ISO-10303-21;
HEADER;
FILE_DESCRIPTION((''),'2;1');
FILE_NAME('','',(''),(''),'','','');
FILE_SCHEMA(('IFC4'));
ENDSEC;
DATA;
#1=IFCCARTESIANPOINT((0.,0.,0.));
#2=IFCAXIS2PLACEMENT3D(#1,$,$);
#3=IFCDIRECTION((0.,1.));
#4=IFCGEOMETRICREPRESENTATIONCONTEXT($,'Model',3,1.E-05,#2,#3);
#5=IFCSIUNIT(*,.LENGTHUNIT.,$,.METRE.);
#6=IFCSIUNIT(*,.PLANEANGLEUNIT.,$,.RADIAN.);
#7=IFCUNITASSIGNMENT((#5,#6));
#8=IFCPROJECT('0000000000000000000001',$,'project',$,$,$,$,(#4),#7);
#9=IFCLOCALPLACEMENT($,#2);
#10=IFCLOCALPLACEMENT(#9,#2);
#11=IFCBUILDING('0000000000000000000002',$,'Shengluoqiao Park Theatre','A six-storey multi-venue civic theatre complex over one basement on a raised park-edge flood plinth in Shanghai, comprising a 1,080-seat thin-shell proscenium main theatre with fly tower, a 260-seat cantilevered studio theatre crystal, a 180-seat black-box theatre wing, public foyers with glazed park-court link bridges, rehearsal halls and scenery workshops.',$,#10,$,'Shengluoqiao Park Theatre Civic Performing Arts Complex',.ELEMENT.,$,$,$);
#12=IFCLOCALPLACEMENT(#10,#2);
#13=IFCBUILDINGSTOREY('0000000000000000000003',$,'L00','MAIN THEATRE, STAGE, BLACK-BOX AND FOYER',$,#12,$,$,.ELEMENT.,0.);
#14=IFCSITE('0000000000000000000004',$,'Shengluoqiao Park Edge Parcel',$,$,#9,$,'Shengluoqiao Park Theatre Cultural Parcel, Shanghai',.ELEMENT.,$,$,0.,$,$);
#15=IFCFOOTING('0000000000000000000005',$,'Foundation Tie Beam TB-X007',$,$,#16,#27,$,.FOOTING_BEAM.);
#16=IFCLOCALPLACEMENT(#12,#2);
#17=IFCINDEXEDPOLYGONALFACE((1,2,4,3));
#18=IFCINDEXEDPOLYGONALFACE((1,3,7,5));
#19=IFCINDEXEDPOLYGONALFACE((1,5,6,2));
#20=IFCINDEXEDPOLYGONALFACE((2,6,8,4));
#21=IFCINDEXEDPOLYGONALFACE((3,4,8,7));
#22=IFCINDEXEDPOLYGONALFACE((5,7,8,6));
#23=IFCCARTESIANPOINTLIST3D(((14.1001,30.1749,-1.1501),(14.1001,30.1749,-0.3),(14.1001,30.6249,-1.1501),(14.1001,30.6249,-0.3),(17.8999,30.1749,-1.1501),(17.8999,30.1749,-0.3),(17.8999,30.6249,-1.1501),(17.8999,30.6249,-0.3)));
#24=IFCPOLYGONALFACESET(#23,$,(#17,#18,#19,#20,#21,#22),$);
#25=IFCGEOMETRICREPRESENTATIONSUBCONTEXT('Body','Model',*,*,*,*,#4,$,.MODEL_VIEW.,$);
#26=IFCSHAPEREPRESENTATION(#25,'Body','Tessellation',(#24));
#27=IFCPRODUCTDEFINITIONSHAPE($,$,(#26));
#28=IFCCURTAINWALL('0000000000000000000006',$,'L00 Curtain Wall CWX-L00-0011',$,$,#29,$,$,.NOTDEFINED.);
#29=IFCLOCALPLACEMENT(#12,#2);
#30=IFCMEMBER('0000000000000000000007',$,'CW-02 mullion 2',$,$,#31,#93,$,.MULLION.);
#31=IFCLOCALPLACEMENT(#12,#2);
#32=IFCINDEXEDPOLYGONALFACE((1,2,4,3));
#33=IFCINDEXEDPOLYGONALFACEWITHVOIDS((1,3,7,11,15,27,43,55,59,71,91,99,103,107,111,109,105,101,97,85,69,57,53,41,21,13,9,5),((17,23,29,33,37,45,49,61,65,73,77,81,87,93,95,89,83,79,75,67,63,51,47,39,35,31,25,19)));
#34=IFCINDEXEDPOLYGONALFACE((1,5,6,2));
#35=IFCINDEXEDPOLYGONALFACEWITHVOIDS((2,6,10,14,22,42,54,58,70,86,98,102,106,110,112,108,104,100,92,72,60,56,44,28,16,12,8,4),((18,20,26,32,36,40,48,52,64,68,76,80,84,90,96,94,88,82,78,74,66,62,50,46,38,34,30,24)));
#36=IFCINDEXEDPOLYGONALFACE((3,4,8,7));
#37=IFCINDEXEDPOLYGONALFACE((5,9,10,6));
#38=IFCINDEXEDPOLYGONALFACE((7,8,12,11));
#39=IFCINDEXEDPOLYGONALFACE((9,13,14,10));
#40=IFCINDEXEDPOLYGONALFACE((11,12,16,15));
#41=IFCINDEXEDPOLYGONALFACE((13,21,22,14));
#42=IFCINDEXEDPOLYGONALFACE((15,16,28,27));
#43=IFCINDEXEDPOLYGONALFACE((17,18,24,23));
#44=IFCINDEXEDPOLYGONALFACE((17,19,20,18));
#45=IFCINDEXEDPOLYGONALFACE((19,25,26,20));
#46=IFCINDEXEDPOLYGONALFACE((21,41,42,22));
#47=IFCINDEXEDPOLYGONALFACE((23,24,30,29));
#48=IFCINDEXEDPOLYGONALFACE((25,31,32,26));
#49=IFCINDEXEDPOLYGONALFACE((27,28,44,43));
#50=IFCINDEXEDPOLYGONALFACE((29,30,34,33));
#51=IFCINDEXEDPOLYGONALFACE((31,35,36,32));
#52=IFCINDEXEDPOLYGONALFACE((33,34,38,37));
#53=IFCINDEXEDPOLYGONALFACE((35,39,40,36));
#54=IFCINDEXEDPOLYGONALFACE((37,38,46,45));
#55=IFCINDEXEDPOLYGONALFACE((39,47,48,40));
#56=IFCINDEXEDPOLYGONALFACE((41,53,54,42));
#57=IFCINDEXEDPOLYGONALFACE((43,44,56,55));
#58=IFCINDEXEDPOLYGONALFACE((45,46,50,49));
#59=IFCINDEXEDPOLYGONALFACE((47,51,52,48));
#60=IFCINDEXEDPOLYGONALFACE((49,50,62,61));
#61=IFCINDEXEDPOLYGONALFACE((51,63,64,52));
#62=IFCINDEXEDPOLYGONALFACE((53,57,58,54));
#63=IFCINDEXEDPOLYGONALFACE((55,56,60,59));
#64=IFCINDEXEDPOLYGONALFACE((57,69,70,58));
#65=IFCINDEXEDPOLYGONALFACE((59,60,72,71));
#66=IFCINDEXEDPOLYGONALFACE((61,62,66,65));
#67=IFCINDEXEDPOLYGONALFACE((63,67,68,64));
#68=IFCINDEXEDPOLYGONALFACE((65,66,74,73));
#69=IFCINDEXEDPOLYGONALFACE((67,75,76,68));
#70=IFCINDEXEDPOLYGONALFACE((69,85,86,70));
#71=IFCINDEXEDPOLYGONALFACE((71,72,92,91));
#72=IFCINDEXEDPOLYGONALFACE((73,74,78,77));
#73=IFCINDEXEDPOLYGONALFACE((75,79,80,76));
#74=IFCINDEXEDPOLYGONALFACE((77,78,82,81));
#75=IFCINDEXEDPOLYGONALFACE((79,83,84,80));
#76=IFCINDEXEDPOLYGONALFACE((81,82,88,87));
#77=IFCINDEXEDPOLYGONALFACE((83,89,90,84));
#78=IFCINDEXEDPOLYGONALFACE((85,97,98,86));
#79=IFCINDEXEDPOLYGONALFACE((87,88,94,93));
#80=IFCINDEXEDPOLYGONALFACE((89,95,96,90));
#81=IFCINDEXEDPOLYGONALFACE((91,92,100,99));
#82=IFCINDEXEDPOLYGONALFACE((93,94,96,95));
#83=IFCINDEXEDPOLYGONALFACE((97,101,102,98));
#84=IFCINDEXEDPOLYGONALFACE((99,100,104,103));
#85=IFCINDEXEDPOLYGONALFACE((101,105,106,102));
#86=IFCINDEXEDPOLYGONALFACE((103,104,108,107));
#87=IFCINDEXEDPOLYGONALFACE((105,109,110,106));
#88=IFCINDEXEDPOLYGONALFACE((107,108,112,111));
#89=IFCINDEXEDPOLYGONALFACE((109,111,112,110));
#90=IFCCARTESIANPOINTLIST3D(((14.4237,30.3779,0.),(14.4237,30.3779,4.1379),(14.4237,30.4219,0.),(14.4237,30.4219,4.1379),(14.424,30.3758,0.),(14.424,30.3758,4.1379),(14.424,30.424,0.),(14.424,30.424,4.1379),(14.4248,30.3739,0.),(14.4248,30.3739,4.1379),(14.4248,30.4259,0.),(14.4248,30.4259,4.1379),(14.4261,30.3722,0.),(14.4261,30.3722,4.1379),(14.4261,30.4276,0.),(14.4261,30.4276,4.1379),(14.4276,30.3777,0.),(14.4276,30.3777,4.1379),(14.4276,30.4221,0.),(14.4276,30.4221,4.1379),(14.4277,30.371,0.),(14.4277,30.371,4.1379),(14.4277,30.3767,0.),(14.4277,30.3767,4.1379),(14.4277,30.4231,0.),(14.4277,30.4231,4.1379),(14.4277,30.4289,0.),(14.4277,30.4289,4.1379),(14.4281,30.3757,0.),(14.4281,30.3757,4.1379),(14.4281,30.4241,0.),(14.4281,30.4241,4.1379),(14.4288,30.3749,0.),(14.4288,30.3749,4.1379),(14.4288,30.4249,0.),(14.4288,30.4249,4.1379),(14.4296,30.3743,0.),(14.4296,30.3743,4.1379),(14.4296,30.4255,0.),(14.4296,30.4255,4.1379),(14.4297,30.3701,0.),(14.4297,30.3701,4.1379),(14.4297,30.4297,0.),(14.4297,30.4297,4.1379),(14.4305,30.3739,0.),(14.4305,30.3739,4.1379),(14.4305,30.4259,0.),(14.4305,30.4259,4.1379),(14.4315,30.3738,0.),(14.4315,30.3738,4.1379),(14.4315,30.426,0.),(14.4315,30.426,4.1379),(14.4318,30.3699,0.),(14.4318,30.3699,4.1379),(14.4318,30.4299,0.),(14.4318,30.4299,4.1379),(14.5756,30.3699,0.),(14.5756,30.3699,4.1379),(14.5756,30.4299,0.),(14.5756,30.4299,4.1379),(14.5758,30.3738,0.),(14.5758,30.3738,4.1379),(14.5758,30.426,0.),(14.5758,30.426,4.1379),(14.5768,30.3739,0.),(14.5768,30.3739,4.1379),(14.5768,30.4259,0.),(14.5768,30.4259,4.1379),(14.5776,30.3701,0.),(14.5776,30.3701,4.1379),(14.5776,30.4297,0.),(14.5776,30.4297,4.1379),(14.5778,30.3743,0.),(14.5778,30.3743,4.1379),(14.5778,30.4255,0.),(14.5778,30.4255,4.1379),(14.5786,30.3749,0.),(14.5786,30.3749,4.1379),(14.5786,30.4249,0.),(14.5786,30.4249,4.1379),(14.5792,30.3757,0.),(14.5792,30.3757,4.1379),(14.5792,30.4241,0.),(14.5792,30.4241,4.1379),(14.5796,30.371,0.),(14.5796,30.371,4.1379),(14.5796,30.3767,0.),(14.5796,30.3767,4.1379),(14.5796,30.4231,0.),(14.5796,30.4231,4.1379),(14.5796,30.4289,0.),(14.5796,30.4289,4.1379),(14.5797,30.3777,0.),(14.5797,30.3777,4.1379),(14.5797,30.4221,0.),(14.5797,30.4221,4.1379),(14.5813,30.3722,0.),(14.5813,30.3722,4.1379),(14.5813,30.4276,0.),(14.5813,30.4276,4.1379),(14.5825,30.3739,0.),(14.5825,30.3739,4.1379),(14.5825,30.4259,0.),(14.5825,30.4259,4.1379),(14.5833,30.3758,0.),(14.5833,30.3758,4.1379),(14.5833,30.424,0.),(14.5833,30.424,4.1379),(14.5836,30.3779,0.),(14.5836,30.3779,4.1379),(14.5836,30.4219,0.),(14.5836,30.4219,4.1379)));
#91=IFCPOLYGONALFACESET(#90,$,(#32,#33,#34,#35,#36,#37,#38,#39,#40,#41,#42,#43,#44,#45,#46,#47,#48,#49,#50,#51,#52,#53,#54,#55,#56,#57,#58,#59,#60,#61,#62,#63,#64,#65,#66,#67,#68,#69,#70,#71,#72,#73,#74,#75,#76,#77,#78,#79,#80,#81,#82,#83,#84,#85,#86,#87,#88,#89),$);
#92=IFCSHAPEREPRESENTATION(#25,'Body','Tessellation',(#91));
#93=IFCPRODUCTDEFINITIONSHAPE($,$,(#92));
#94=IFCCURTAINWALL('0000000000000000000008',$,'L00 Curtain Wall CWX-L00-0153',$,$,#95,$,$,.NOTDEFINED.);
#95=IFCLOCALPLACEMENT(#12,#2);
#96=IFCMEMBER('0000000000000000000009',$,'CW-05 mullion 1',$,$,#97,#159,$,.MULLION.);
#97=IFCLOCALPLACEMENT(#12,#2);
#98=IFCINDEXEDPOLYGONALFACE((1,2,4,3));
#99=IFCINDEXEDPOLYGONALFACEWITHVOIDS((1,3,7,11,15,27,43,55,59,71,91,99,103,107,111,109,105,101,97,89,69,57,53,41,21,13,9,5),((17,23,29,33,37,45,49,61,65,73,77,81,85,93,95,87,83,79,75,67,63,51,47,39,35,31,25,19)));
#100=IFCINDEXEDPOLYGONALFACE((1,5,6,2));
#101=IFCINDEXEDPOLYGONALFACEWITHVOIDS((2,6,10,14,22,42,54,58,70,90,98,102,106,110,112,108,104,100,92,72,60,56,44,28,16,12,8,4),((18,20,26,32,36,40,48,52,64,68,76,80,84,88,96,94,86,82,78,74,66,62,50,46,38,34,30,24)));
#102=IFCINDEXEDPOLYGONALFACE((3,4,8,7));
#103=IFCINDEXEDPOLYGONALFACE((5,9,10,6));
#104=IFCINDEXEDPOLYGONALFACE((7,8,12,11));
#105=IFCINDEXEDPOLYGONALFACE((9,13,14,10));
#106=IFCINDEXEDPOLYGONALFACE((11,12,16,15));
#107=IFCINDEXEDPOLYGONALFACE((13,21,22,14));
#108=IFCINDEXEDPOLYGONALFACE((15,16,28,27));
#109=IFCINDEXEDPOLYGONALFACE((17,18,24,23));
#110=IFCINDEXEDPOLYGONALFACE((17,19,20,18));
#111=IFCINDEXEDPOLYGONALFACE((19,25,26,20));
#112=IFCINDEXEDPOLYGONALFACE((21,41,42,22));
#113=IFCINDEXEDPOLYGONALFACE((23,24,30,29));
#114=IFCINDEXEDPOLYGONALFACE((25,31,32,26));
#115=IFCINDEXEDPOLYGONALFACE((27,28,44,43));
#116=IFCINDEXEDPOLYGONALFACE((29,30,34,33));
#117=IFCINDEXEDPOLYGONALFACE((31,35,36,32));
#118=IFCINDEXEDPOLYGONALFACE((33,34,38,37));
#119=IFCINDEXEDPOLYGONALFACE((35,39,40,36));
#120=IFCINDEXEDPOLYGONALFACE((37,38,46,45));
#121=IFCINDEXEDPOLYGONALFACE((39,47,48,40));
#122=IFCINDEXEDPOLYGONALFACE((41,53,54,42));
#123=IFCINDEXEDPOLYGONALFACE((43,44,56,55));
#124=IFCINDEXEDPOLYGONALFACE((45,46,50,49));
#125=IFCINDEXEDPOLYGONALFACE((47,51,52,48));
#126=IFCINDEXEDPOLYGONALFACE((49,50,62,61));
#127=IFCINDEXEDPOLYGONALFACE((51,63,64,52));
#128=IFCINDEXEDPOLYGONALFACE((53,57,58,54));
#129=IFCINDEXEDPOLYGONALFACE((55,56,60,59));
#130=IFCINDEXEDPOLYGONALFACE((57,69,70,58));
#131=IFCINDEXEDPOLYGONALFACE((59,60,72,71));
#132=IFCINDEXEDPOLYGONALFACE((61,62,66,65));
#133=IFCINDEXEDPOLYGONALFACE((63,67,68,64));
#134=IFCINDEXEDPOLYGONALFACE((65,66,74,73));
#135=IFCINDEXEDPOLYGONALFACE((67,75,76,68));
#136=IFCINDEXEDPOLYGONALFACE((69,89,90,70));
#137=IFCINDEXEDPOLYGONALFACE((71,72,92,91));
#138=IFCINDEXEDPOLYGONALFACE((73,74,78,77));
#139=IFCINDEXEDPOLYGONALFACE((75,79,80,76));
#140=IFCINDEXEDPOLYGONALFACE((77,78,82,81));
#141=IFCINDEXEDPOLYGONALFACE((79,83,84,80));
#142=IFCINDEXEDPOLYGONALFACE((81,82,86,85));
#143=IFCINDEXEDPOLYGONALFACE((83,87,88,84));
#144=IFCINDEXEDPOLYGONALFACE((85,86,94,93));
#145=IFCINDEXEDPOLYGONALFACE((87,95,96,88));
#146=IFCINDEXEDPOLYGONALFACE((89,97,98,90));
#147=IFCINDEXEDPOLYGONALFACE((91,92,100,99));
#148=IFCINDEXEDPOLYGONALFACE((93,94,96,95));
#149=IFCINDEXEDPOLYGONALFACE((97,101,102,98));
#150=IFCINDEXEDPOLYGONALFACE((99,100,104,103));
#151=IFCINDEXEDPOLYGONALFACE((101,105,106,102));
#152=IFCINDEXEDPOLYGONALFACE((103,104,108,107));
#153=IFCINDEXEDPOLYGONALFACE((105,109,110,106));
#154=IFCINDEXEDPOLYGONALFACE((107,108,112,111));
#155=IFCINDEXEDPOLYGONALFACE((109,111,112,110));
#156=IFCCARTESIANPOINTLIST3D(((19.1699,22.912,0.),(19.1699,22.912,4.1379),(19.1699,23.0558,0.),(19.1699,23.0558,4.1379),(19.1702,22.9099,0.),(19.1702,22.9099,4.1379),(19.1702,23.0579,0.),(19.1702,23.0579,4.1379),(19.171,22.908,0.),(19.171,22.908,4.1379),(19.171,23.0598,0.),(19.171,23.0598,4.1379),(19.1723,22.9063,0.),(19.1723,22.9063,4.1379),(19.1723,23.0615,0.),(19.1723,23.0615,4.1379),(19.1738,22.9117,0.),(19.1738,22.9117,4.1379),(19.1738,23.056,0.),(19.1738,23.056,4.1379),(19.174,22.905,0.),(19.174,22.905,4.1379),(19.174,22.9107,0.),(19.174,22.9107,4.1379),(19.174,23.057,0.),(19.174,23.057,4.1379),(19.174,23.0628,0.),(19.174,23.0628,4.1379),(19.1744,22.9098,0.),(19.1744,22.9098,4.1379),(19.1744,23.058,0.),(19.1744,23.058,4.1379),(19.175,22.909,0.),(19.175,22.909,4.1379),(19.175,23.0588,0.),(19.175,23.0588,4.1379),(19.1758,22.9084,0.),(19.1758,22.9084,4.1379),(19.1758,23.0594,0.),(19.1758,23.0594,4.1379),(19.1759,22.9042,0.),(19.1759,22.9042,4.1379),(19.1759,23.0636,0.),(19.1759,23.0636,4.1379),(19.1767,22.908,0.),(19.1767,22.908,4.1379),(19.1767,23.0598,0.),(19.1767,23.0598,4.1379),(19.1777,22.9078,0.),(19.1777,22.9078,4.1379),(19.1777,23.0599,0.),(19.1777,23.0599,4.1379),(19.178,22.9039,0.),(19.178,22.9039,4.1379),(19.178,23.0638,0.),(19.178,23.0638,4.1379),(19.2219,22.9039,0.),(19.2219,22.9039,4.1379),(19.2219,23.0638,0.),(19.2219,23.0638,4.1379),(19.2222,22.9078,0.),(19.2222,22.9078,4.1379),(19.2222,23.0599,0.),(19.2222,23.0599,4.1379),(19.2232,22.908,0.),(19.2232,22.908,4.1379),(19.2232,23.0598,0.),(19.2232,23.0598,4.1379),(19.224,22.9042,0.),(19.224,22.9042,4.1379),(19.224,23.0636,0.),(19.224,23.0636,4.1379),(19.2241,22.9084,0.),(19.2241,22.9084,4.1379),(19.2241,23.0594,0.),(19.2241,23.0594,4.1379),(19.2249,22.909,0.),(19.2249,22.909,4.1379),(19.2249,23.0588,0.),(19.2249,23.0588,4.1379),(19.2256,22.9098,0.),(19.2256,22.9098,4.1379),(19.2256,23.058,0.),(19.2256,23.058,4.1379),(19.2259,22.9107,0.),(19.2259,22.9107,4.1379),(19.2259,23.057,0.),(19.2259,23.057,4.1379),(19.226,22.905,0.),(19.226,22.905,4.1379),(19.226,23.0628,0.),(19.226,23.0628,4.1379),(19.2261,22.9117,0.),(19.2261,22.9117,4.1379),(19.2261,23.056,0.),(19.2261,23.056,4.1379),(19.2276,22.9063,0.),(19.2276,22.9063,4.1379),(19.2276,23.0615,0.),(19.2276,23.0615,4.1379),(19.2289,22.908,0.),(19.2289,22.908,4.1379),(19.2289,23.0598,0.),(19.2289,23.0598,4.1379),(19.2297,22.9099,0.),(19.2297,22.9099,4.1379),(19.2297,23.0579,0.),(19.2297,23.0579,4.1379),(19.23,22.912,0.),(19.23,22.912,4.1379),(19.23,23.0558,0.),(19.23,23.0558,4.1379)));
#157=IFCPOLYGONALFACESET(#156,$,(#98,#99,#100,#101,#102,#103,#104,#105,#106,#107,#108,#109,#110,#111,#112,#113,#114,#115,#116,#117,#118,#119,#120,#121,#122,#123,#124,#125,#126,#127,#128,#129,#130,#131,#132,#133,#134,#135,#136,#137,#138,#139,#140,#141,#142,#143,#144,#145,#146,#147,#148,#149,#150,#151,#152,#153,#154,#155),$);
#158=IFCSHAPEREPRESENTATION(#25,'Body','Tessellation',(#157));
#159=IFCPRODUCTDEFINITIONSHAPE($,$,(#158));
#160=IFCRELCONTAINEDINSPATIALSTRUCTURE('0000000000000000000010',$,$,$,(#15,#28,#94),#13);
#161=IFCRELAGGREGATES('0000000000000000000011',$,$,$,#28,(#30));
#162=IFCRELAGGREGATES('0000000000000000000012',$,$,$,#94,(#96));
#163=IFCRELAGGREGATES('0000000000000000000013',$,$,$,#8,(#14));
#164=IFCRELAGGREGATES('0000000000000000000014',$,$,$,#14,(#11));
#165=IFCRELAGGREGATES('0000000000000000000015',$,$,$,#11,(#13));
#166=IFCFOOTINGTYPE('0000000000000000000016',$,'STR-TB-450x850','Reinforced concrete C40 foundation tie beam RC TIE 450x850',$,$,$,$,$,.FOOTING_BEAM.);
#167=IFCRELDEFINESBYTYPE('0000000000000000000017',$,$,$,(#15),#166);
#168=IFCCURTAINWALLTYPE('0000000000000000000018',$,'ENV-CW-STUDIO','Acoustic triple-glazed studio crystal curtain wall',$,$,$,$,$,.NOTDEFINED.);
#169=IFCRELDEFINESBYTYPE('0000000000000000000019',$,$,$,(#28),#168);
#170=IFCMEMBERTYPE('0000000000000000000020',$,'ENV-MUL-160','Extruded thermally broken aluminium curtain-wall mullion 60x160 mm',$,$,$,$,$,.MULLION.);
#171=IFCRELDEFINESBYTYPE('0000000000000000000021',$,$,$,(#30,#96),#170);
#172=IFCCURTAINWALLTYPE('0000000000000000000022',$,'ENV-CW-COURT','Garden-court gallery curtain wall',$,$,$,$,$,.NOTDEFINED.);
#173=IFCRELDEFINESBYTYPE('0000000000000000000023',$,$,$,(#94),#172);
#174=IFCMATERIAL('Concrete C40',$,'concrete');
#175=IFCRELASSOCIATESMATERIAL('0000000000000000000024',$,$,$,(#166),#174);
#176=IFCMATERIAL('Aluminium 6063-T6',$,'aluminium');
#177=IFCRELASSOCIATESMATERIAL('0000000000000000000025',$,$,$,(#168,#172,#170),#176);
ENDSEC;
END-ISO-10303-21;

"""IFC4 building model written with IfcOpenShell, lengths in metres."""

from ifc_helpers import new_model, si_unit, direction, frame, origin, origin_2d, place, context, subcontext, project, spatial, rectangle, hollow_rectangle, extrude, material, material_profile, profile_set, type_object, element, aggregate, save


model = new_model("IFC4")

# Units and contexts
model_context = context("Model", 3, precision=1e-05, world=origin(), true_north=direction((0.0, 1.0)))
body_context = subcontext(model_context, "Body", "Model", "MODEL_VIEW")
ifc_project = project(units=[si_unit("LENGTHUNIT", "METRE"), si_unit("PLANEANGLEUNIT", "RADIAN")], contexts=[model_context])

# Site, building, storey
site_placement = place(None, origin())
site = spatial("IfcSite", under=ifc_project, at=site_placement, Name="Shengluoqiao Park Edge Parcel", LongName="Shengluoqiao Park Theatre Cultural Parcel, Shanghai", CompositionType="ELEMENT", RefElevation=0.0)
building_placement = place(site_placement, origin())
building = spatial("IfcBuilding", under=site, at=building_placement, Name="Shengluoqiao Park Theatre", Description="A six-storey multi-venue civic theatre complex over one basement on a raised park-edge flood plinth in Shanghai, comprising a 1,080-seat thin-shell proscenium main theatre with fly tower, a 260-seat cantilevered studio theatre crystal, a 180-seat black-box theatre wing, public foyers with glazed park-court link bridges, rehearsal halls and scenery workshops.", LongName="Shengluoqiao Park Theatre Civic Performing Arts Complex", CompositionType="ELEMENT")
storey_placement = place(building_placement, origin())
storey = spatial("IfcBuildingStorey", under=building, at=storey_placement, Name="L00", Description="MAIN THEATRE, STAGE, BLACK-BOX AND FOYER", CompositionType="ELEMENT", Elevation=0.0)

# Footing
ifc_material_1 = material(Name="Concrete C40", Category="concrete")
ifc_material_profile_1 = material_profile(ifc_material_1, rectangle(XDim=0.45, YDim=0.8501, at=origin_2d()), Name="RC TIE 450x850")
ifc_profile_set_1 = profile_set([ifc_material_profile_1], Name="Concrete C40")
footing_type = type_object("IfcFootingType", Name="STR-TB-450x850", Description="Reinforced concrete C40 foundation tie beam RC TIE 450x850", PredefinedType="FOOTING_BEAM", material=ifc_profile_set_1)
footing_placement = place(storey_placement, frame((14.1001, 30.3999, -0.7251), z_axis=(1.0, 0.0, 0.0), x_axis=(0.0, 1.0, 0.0)))
element("IfcFooting", 1, at=footing_placement, inside=storey, type_object=footing_type, Name="Foundation Tie Beam TB-X007", PredefinedType="FOOTING_BEAM", context=body_context, shape_type="SweptSolid", body=[
    extrude(rectangle(XDim=0.45, YDim=0.8501, at=origin_2d()), origin(), (0.0, 0.0, 1.0), 3.7998),
])

# Curtain wall, member
ifc_material_2 = material(Name="Aluminium 6063-T6", Category="aluminium")
curtain_wall_type_1 = type_object("IfcCurtainWallType", Name="ENV-CW-STUDIO", Description="Acoustic triple-glazed studio crystal curtain wall", PredefinedType="NOTDEFINED", material=ifc_material_2)
curtain_wall_1_placement = place(storey_placement, origin())
curtain_wall_1 = element("IfcCurtainWall", 2, at=curtain_wall_1_placement, inside=storey, type_object=curtain_wall_type_1, Name="L00 Curtain Wall CWX-L00-0011", PredefinedType="NOTDEFINED")
ifc_material_profile_2 = material_profile(ifc_material_2, hollow_rectangle(XDim=0.0601, YDim=0.1599, WallThickness=0.0039, InnerFilletRadius=0.0039, OuterFilletRadius=0.0081, at=origin_2d()), Name="ALU MULLION 160x60x4")
ifc_profile_set_2 = profile_set([ifc_material_profile_2], Name="Aluminium 6063-T6")
member_type_1 = type_object("IfcMemberType", Name="ENV-MUL-160", Description="Extruded thermally broken aluminium curtain-wall mullion 60x160 mm", PredefinedType="MULLION", material=ifc_profile_set_2)
member_1_placement = place(storey_placement, frame((14.5037, 30.3999, 0.0), z_axis=(0.0, 0.0, 1.0), x_axis=(0.0, 1.0, 0.0)))
member_1 = element("IfcMember", 3, at=member_1_placement, type_object=member_type_1, Name="CW-02 mullion 2", PredefinedType="MULLION", context=body_context, shape_type="SweptSolid", body=[
    extrude(hollow_rectangle(XDim=0.0601, YDim=0.1599, WallThickness=0.0039, InnerFilletRadius=0.0039, OuterFilletRadius=0.0081, at=origin_2d()), origin(), (0.0, 0.0, 1.0), 4.1379),
])
aggregate(curtain_wall_1, [member_1])

# Curtain wall, member
curtain_wall_type_2 = type_object("IfcCurtainWallType", Name="ENV-CW-COURT", Description="Garden-court gallery curtain wall", PredefinedType="NOTDEFINED", material=ifc_material_2)
curtain_wall_2_placement = place(storey_placement, origin())
curtain_wall_2 = element("IfcCurtainWall", 4, at=curtain_wall_2_placement, inside=storey, type_object=curtain_wall_type_2, Name="L00 Curtain Wall CWX-L00-0153", PredefinedType="NOTDEFINED")
member_2_placement = place(storey_placement, frame((19.2, 22.9839, 0.0), z_axis=(0.0, 0.0, 1.0), x_axis=(-1.0, 0.0, 0.0)))
member_2 = element("IfcMember", 5, at=member_2_placement, type_object=member_type_1, Name="CW-05 mullion 1", PredefinedType="MULLION", context=body_context, shape_type="SweptSolid", body=[
    extrude(hollow_rectangle(XDim=0.0601, YDim=0.1599, WallThickness=0.0039, InnerFilletRadius=0.0039, OuterFilletRadius=0.0081, at=origin_2d()), origin(), (0.0, 0.0, 1.0), 4.1379),
])
aggregate(curtain_wall_2, [member_2])

save(model, "model.ifc")
